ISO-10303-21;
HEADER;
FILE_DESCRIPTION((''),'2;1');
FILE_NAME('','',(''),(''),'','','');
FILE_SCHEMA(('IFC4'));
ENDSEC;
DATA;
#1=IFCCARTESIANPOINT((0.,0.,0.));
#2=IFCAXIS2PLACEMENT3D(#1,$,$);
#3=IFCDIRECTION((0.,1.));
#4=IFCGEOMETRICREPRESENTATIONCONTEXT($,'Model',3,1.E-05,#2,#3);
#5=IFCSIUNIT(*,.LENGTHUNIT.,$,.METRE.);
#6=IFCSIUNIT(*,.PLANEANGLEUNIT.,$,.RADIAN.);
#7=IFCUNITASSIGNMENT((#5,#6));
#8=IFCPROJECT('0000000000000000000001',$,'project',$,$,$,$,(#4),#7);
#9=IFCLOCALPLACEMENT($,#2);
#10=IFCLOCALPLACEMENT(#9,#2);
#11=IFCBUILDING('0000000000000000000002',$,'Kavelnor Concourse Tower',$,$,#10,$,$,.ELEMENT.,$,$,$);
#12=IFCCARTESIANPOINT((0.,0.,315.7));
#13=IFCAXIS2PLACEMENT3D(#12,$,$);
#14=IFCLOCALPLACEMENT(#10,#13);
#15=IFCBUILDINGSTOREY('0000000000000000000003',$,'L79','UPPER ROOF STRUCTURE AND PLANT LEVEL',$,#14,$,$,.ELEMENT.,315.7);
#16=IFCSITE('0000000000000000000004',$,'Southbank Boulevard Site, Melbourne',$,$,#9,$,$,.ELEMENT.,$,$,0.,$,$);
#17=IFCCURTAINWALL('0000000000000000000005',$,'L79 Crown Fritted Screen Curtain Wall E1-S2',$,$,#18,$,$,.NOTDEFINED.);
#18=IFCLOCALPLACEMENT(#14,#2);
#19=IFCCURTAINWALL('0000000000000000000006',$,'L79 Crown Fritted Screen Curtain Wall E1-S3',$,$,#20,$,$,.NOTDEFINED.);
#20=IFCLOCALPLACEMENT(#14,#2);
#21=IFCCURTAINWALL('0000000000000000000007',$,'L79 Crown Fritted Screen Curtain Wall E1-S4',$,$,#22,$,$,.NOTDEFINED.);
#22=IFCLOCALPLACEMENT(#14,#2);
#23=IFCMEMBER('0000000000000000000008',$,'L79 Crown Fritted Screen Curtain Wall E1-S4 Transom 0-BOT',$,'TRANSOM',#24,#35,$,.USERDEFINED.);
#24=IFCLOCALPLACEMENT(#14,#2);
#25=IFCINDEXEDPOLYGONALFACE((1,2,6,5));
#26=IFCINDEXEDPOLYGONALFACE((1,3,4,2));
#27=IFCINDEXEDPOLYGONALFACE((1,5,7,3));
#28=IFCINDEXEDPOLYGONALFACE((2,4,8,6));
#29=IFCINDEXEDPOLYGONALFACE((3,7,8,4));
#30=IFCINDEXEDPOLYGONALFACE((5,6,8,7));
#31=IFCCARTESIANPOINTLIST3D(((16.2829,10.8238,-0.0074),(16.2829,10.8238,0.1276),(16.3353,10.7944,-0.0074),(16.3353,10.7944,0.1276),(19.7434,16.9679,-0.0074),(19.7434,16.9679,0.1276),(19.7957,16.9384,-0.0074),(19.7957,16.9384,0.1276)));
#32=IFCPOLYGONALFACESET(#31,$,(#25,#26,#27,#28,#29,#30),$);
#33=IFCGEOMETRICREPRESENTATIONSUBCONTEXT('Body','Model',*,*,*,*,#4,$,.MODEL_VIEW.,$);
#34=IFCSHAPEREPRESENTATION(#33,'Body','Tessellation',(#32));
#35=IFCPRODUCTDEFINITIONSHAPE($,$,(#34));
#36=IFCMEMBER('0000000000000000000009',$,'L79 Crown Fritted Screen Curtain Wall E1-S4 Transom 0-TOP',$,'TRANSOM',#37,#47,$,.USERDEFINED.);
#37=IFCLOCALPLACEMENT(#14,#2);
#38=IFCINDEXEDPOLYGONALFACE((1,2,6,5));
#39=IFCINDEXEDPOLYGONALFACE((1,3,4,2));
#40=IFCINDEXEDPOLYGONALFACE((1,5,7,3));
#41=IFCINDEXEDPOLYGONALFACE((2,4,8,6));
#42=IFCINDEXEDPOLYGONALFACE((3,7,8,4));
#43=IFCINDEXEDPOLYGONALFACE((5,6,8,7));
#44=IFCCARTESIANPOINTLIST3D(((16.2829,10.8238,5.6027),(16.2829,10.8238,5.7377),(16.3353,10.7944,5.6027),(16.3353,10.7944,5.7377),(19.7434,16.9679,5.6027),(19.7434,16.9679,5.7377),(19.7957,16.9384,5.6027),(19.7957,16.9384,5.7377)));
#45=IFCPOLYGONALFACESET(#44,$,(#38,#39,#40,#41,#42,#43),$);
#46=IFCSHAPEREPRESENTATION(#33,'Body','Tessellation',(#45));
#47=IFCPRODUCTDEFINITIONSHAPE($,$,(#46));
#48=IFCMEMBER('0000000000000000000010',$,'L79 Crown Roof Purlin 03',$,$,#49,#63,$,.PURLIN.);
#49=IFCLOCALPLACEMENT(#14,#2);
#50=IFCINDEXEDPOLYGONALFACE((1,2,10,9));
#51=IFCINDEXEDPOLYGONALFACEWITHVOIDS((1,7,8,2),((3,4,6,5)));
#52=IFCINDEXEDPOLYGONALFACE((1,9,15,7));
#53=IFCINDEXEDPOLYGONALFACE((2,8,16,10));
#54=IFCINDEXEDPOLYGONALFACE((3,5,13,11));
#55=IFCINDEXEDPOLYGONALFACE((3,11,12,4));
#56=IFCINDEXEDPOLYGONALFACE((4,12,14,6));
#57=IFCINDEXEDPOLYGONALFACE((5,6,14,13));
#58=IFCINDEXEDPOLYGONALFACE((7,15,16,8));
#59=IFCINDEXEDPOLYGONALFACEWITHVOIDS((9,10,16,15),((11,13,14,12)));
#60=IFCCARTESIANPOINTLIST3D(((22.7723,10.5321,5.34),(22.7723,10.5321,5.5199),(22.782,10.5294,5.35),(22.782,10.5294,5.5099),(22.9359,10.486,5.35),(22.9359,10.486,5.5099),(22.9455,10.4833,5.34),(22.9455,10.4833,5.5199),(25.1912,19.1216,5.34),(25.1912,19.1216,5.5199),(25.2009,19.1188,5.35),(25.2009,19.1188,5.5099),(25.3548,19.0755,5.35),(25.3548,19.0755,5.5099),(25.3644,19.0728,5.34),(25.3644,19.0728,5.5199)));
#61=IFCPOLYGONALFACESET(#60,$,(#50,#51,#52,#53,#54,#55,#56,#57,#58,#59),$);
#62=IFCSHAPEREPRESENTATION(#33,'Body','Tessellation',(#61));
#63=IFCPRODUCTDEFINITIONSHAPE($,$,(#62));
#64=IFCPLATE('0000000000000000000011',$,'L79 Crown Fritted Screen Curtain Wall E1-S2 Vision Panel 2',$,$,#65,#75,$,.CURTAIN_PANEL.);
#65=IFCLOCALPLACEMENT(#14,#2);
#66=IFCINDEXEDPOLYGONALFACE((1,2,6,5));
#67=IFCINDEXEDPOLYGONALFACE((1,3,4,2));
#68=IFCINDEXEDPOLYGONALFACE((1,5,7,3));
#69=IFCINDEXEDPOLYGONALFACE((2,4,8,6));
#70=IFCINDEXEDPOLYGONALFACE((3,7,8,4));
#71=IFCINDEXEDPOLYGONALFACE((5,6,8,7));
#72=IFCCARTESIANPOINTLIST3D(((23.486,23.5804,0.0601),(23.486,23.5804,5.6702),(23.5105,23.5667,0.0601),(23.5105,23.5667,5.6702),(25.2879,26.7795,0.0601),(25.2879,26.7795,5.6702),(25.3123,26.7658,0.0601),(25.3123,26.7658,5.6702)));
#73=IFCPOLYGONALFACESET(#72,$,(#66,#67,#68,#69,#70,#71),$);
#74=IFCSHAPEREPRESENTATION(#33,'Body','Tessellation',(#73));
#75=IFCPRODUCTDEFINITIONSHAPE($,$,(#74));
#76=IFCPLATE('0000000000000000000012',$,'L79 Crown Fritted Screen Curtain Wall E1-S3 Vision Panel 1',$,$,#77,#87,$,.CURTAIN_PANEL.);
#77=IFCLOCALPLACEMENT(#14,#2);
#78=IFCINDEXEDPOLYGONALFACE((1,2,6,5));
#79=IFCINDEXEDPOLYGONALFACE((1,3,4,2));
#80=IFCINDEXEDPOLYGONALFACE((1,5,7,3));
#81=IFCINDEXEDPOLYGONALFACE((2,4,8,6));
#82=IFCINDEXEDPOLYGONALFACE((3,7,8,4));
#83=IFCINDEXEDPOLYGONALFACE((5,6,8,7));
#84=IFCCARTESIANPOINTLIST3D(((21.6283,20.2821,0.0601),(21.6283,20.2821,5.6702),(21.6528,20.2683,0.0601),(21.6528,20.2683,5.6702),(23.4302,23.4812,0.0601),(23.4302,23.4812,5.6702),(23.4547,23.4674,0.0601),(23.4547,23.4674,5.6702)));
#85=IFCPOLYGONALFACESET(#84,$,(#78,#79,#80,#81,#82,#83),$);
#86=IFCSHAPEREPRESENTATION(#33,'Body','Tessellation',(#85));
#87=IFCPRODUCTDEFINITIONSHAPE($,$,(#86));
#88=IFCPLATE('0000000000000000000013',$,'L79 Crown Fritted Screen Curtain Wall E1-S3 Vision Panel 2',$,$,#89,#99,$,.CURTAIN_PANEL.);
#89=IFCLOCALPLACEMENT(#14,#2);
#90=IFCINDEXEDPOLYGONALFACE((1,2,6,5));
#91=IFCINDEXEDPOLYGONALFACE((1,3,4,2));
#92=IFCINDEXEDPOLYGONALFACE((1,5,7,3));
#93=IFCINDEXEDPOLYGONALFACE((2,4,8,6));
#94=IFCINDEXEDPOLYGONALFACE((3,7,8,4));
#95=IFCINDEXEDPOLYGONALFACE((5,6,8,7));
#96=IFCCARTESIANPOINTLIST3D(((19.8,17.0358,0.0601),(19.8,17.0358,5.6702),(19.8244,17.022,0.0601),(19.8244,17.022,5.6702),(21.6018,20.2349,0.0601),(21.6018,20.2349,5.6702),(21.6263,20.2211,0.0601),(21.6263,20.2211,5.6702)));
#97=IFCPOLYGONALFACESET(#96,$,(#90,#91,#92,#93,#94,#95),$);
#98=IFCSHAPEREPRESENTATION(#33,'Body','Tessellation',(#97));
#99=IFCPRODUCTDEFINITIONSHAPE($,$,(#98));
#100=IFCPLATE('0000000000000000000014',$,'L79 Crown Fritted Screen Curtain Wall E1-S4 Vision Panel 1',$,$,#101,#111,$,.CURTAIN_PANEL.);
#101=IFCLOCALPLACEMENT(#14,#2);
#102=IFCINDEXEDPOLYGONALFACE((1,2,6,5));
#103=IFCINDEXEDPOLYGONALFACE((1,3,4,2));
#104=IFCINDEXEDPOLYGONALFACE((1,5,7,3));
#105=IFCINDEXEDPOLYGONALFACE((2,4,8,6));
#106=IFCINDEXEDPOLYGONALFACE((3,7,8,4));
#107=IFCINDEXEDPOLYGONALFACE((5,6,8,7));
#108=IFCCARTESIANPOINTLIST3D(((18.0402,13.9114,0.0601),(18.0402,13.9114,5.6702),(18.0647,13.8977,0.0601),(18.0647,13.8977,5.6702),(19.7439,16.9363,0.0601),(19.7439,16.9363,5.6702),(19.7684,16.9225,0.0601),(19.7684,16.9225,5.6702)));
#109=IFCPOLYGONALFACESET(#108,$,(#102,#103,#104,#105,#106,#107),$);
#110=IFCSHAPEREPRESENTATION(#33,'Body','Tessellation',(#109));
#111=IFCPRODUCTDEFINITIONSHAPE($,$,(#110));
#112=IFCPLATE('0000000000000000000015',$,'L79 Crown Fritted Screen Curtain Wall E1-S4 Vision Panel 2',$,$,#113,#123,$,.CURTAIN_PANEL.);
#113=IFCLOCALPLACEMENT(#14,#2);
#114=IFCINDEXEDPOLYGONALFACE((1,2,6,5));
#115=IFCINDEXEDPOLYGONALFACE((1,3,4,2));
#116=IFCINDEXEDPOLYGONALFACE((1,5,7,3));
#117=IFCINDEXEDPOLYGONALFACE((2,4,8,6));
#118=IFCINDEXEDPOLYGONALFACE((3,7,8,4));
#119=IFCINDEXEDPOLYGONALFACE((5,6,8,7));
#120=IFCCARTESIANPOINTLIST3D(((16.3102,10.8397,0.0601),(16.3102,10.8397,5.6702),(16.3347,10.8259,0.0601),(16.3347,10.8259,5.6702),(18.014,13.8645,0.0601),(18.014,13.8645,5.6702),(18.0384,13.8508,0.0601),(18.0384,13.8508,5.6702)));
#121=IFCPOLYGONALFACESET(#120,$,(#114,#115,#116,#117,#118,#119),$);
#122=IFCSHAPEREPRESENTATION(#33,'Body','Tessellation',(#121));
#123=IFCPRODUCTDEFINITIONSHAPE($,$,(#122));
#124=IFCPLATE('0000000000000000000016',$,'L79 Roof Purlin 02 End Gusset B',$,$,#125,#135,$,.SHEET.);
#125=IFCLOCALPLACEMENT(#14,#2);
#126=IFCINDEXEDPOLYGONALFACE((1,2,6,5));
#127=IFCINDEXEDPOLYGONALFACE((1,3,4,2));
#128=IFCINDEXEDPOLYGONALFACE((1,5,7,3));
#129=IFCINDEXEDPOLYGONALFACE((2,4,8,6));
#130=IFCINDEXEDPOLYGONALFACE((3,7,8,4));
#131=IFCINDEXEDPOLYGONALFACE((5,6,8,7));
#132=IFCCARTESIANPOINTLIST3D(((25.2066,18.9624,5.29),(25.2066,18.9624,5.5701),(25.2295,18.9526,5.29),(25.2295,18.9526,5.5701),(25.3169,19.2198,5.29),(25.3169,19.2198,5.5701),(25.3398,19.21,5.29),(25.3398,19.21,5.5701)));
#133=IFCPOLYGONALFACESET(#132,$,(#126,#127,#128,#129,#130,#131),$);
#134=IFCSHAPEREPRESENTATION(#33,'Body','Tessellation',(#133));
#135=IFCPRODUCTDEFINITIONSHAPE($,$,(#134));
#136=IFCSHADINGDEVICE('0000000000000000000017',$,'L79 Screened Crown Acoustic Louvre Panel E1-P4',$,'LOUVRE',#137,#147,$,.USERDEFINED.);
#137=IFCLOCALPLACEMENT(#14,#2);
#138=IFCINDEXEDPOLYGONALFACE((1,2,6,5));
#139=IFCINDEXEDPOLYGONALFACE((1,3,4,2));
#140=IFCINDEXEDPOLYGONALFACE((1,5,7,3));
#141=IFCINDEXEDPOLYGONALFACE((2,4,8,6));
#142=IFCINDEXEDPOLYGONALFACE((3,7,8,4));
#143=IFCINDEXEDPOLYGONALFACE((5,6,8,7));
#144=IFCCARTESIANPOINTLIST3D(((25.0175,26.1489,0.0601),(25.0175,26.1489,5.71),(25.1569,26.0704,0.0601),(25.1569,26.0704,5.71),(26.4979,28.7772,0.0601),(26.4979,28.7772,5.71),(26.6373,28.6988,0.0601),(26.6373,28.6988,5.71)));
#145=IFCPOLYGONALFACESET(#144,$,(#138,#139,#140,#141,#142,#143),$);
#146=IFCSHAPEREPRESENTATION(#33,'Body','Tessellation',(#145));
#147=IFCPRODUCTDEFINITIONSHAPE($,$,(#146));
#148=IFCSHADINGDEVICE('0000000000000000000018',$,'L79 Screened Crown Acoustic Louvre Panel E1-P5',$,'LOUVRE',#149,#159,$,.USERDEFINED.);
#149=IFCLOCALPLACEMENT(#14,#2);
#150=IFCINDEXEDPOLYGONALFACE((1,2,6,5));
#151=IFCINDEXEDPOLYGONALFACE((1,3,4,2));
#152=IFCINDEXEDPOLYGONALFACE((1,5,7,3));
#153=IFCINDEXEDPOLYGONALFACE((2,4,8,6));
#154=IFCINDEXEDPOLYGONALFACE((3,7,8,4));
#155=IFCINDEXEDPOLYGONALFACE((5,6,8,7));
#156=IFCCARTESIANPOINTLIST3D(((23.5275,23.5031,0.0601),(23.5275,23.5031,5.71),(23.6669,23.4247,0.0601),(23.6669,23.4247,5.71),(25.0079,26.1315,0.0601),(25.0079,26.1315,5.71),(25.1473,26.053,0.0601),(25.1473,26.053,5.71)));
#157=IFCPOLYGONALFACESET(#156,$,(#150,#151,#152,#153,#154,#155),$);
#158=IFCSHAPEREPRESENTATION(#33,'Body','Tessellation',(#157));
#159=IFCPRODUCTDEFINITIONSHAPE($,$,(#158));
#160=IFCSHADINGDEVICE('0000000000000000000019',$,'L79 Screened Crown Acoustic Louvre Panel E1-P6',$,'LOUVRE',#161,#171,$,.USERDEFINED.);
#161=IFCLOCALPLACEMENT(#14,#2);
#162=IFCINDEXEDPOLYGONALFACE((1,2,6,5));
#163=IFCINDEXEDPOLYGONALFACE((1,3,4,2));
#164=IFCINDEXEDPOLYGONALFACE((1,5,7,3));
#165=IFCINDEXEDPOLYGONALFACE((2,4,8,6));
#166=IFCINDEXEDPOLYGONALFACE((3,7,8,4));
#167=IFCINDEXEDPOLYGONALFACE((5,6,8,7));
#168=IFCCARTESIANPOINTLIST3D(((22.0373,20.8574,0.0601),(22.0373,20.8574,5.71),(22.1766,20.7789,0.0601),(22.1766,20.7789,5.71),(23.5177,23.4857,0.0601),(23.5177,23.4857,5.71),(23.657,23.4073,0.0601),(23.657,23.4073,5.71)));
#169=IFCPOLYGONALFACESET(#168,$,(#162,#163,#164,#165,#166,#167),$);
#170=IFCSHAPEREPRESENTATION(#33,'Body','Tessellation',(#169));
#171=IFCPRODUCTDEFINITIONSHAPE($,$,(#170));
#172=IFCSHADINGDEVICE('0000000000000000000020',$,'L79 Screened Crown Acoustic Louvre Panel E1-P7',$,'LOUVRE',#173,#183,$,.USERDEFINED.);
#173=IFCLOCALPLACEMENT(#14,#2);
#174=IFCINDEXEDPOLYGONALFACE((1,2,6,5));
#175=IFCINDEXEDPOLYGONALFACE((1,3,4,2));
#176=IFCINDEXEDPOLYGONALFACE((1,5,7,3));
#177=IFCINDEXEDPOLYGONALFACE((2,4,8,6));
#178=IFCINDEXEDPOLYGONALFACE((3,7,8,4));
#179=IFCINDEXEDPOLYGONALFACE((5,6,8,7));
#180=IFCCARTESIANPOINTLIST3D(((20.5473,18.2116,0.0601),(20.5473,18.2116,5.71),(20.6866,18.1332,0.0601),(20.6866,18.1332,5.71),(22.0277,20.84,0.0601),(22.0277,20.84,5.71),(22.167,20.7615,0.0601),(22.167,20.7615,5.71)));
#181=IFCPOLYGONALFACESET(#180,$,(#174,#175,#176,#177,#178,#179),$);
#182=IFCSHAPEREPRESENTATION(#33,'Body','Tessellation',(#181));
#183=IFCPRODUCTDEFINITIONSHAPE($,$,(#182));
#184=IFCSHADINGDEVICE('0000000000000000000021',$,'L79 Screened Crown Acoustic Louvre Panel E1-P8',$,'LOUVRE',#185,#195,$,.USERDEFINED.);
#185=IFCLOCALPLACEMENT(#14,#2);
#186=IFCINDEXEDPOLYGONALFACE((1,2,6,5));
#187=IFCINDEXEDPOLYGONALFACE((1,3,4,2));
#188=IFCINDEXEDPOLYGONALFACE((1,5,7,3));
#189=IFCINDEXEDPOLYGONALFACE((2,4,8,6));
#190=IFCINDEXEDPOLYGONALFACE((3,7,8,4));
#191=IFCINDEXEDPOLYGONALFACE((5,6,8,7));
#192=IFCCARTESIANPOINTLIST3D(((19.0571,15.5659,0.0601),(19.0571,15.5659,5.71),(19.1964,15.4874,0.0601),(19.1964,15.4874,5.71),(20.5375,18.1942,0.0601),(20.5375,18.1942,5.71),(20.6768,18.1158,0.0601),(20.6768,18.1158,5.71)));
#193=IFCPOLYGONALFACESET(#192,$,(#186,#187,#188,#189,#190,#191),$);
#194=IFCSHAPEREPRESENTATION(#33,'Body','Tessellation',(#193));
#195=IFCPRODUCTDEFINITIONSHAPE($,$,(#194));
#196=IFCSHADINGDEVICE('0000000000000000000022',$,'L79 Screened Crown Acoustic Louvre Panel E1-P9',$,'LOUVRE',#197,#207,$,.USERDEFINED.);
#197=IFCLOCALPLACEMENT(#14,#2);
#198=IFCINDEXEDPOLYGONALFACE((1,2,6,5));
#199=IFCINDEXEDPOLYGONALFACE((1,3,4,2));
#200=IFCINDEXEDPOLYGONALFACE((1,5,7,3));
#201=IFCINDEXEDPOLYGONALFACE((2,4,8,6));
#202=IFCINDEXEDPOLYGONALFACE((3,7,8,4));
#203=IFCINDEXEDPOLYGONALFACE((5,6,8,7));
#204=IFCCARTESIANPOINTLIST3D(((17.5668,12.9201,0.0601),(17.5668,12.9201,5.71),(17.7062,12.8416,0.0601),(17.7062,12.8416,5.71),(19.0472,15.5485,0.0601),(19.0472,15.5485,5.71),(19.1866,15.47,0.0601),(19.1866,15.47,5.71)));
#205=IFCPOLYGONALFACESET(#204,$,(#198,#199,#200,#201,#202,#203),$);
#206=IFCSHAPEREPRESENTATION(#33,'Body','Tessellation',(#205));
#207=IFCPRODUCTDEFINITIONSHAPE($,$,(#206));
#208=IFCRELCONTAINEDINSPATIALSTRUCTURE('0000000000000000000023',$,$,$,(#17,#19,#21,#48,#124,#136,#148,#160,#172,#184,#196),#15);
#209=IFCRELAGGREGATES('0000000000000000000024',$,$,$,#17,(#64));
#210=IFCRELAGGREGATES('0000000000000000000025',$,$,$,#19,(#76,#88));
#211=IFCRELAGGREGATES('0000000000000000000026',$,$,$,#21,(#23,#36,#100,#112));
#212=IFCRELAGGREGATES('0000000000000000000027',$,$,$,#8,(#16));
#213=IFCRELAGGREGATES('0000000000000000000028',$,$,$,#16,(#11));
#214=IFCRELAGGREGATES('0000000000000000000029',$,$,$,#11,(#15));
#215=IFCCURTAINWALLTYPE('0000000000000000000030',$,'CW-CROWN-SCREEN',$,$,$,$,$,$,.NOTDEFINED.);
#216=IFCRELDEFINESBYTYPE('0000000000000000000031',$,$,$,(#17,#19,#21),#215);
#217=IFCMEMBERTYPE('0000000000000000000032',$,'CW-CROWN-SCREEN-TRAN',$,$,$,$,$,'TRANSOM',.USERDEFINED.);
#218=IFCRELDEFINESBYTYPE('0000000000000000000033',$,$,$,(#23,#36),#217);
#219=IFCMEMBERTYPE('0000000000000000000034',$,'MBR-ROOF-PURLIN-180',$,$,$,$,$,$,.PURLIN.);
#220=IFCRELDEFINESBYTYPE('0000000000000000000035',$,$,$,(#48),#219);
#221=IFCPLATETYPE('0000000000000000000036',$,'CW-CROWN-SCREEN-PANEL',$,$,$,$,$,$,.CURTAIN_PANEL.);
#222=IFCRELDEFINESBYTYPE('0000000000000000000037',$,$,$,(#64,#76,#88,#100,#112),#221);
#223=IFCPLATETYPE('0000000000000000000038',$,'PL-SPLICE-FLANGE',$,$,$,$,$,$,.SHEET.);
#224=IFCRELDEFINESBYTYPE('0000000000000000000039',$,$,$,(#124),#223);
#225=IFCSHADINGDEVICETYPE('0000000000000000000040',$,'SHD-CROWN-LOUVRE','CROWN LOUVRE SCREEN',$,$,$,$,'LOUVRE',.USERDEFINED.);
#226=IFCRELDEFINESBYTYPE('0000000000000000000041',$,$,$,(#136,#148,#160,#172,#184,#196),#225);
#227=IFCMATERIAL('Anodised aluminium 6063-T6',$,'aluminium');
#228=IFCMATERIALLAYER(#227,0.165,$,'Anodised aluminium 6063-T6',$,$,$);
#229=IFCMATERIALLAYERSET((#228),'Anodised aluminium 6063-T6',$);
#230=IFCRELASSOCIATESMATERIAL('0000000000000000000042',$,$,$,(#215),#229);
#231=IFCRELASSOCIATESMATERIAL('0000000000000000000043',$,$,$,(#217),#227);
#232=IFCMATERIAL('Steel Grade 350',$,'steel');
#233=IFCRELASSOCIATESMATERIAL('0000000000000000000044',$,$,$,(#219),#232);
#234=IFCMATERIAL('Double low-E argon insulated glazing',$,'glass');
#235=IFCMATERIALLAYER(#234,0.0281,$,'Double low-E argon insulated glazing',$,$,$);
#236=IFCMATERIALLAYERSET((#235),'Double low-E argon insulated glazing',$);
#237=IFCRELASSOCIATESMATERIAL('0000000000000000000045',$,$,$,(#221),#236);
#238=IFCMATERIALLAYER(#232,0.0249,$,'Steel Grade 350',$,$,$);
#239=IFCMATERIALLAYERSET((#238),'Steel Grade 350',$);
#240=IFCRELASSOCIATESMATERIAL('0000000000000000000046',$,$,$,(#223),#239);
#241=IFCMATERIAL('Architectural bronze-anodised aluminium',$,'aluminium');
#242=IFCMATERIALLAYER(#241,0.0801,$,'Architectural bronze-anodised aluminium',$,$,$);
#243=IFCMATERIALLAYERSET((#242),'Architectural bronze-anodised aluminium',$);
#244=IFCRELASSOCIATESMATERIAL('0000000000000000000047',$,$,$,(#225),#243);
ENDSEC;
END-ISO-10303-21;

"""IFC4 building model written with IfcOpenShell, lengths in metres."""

from ifc_helpers import new_model, si_unit, direction, frame, origin, origin_2d, place, context, subcontext, project, spatial, rectangle, hollow_rectangle, extrude, material, layer, layer_set, material_profile, profile_set, type_object, element, aggregate, save


model = new_model("IFC4")

# Units and contexts
model_context = context("Model", 3, precision=1e-05, world=origin(), true_north=direction((0.0, 1.0)))
body_context = subcontext(model_context, "Body", "Model", "MODEL_VIEW")
ifc_project = project(units=[si_unit("LENGTHUNIT", "METRE"), si_unit("PLANEANGLEUNIT", "RADIAN")], contexts=[model_context])

# Site, building, storey
site_placement = place(None, origin())
site = spatial("IfcSite", under=ifc_project, at=site_placement, Name="Southbank Boulevard Site, Melbourne", CompositionType="ELEMENT", RefElevation=0.0)
building_placement = place(site_placement, origin())
building = spatial("IfcBuilding", under=site, at=building_placement, Name="Kavelnor Concourse Tower", CompositionType="ELEMENT")
storey_placement = place(building_placement, frame((0.0, 0.0, 315.7)))
storey = spatial("IfcBuildingStorey", under=building, at=storey_placement, Name="L79", Description="UPPER ROOF STRUCTURE AND PLANT LEVEL", CompositionType="ELEMENT", Elevation=315.7)

# Shared definitions
ifc_material_1 = material(Name="Steel Grade 350", Category="steel")

# Curtain walls
ifc_material_2 = material(Name="Anodised aluminium 6063-T6", Category="aluminium")
ifc_layer_1 = layer(ifc_material_2, 0.165, Name="Anodised aluminium 6063-T6")
ifc_layer_set_1 = layer_set([ifc_layer_1], Name="Anodised aluminium 6063-T6")
curtain_wall_type = type_object("IfcCurtainWallType", Name="CW-CROWN-SCREEN", PredefinedType="NOTDEFINED", material=ifc_layer_set_1)
curtain_wall_1_placement = place(storey_placement, origin())
curtain_wall_1 = element("IfcCurtainWall", 1, at=curtain_wall_1_placement, inside=storey, type_object=curtain_wall_type, Name="L79 Crown Fritted Screen Curtain Wall E1-S2", PredefinedType="NOTDEFINED")
curtain_wall_2_placement = place(storey_placement, origin())
curtain_wall_2 = element("IfcCurtainWall", 2, at=curtain_wall_2_placement, inside=storey, type_object=curtain_wall_type, Name="L79 Crown Fritted Screen Curtain Wall E1-S3", PredefinedType="NOTDEFINED")
curtain_wall_3_placement = place(storey_placement, origin())
curtain_wall_3 = element("IfcCurtainWall", 3, at=curtain_wall_3_placement, inside=storey, type_object=curtain_wall_type, Name="L79 Crown Fritted Screen Curtain Wall E1-S4", PredefinedType="NOTDEFINED")

# Members
ifc_material_profile_1 = material_profile(ifc_material_2, rectangle(XDim=0.0601, YDim=0.135, at=origin_2d()), Name="AL-TRAN 60x135")
ifc_profile_set_1 = profile_set([ifc_material_profile_1], Name="Anodised aluminium 6063-T6")
member_type_1 = type_object("IfcMemberType", Name="CW-CROWN-SCREEN-TRAN", ElementType="TRANSOM", PredefinedType="USERDEFINED", material=ifc_profile_set_1)
member_1_placement = place(storey_placement, frame((19.7695, 16.9531, 0.0601), z_axis=(-0.490738, -0.871307, 0.0), x_axis=(0.871307, -0.490738, 0.0)))
member_1 = element("IfcMember", 4, at=member_1_placement, type_object=member_type_1, Name="L79 Crown Fritted Screen Curtain Wall E1-S4 Transom 0-BOT", ObjectType="TRANSOM", PredefinedType="USERDEFINED", context=body_context, shape_type="SweptSolid", body=[
    extrude(rectangle(XDim=0.0601, YDim=0.135, at=origin_2d()), origin(), (0.0, 0.0, 1.0), 7.0515),
])
member_2_placement = place(storey_placement, frame((19.7695, 16.9531, 5.6702), z_axis=(-0.490738, -0.871307, 0.0), x_axis=(0.871307, -0.490738, 0.0)))
member_2 = element("IfcMember", 5, at=member_2_placement, type_object=member_type_1, Name="L79 Crown Fritted Screen Curtain Wall E1-S4 Transom 0-TOP", ObjectType="TRANSOM", PredefinedType="USERDEFINED", context=body_context, shape_type="SweptSolid", body=[
    extrude(rectangle(XDim=0.0601, YDim=0.135, at=origin_2d()), origin(), (0.0, 0.0, 1.0), 7.0515),
])
ifc_material_profile_2 = material_profile(ifc_material_1, hollow_rectangle(XDim=0.1799, YDim=0.1799, WallThickness=0.01, at=origin_2d()), Name="SHS 180x180x10")
ifc_profile_set_2 = profile_set([ifc_material_profile_2], Name="Steel Grade 350")
member_type_2 = type_object("IfcMemberType", Name="MBR-ROOF-PURLIN-180", PredefinedType="PURLIN", material=ifc_profile_set_2)
member_3_placement = place(storey_placement, frame((25.2778, 19.0972, 5.4299), z_axis=(-0.27107, -0.96256, 0.0), x_axis=(0.96256, -0.27107, 0.0)))
element("IfcMember", 6, at=member_3_placement, inside=storey, type_object=member_type_2, Name="L79 Crown Roof Purlin 03", PredefinedType="PURLIN", context=body_context, shape_type="SweptSolid", body=[
    extrude(hollow_rectangle(XDim=0.1799, YDim=0.1799, WallThickness=0.01, at=origin_2d()), origin(), (0.0, 0.0, 1.0), 8.9236),
])

# Plates
ifc_material_3 = material(Name="Double low-E argon insulated glazing", Category="glass")
ifc_layer_2 = layer(ifc_material_3, 0.0281, Name="Double low-E argon insulated glazing")
ifc_layer_set_2 = layer_set([ifc_layer_2], Name="Double low-E argon insulated glazing")
plate_type_1 = type_object("IfcPlateType", Name="CW-CROWN-SCREEN-PANEL", PredefinedType="CURTAIN_PANEL", material=ifc_layer_set_2)
plate_1_placement = place(storey_placement, frame((24.3992, 25.1731, 0.0601), z_axis=(0.0, 0.0, 1.0), x_axis=(-0.490752, -0.871299, 0.0)))
plate_1 = element("IfcPlate", 7, at=plate_1_placement, type_object=plate_type_1, Name="L79 Crown Fritted Screen Curtain Wall E1-S2 Vision Panel 2", PredefinedType="CURTAIN_PANEL", context=body_context, shape_type="SweptSolid", body=[
    extrude(rectangle(XDim=3.6716, YDim=0.0281, at=origin_2d()), origin(), (0.0, 0.0, 1.0), 5.6101),
])
aggregate(curtain_wall_1, [plate_1])
plate_2_placement = place(storey_placement, frame((22.5415, 21.8748, 0.0601), z_axis=(0.0, 0.0, 1.0), x_axis=(-0.490752, -0.871299, 0.0)))
plate_2 = element("IfcPlate", 8, at=plate_2_placement, type_object=plate_type_1, Name="L79 Crown Fritted Screen Curtain Wall E1-S3 Vision Panel 1", PredefinedType="CURTAIN_PANEL", context=body_context, shape_type="SweptSolid", body=[
    extrude(rectangle(XDim=3.6716, YDim=0.0281, at=origin_2d()), origin(), (0.0, 0.0, 1.0), 5.6101),
])
plate_3_placement = place(storey_placement, frame((20.7131, 18.6284, 0.0601), z_axis=(0.0, 0.0, 1.0), x_axis=(-0.490752, -0.871299, 0.0)))
plate_3 = element("IfcPlate", 9, at=plate_3_placement, type_object=plate_type_1, Name="L79 Crown Fritted Screen Curtain Wall E1-S3 Vision Panel 2", PredefinedType="CURTAIN_PANEL", context=body_context, shape_type="SweptSolid", body=[
    extrude(rectangle(XDim=3.6716, YDim=0.0281, at=origin_2d()), origin(), (0.0, 0.0, 1.0), 5.6101),
])
aggregate(curtain_wall_2, [plate_2, plate_3])
plate_4_placement = place(storey_placement, frame((18.9043, 15.417, 0.0601), z_axis=(0.0, 0.0, 1.0), x_axis=(-0.490752, -0.871299, 0.0)))
plate_4 = element("IfcPlate", 10, at=plate_4_placement, type_object=plate_type_1, Name="L79 Crown Fritted Screen Curtain Wall E1-S4 Vision Panel 1", PredefinedType="CURTAIN_PANEL", context=body_context, shape_type="SweptSolid", body=[
    extrude(rectangle(XDim=3.4717, YDim=0.0281, at=origin_2d()), origin(), (0.0, 0.0, 1.0), 5.6101),
])
plate_5_placement = place(storey_placement, frame((17.1743, 12.3452, 0.0601), z_axis=(0.0, 0.0, 1.0), x_axis=(-0.490752, -0.871299, 0.0)))
plate_5 = element("IfcPlate", 11, at=plate_5_placement, type_object=plate_type_1, Name="L79 Crown Fritted Screen Curtain Wall E1-S4 Vision Panel 2", PredefinedType="CURTAIN_PANEL", context=body_context, shape_type="SweptSolid", body=[
    extrude(rectangle(XDim=3.4717, YDim=0.0281, at=origin_2d()), origin(), (0.0, 0.0, 1.0), 5.6101),
])
aggregate(curtain_wall_3, [member_1, member_2, plate_4, plate_5])
ifc_layer_3 = layer(ifc_material_1, 0.0249, Name="Steel Grade 350")
ifc_layer_set_3 = layer_set([ifc_layer_3], Name="Steel Grade 350")
plate_type_2 = type_object("IfcPlateType", Name="PL-SPLICE-FLANGE", PredefinedType="SHEET", material=ifc_layer_set_3)
plate_6_placement = place(storey_placement, frame((25.2732, 19.0862, 5.29), z_axis=(0.0, 0.0, 1.0), x_axis=(-0.393781, -0.919204, 0.0)))
element("IfcPlate", 12, at=plate_6_placement, inside=storey, type_object=plate_type_2, Name="L79 Roof Purlin 02 End Gusset B", PredefinedType="SHEET", context=body_context, shape_type="SweptSolid", body=[
    extrude(rectangle(XDim=0.28, YDim=0.0249, at=origin_2d()), origin(), (0.0, 0.0, 1.0), 0.28),
])

# Shading devices
ifc_material_4 = material(Name="Architectural bronze-anodised aluminium", Category="aluminium")
ifc_layer_4 = layer(ifc_material_4, 0.0801, Name="Architectural bronze-anodised aluminium")
ifc_layer_set_4 = layer_set([ifc_layer_4], Name="Architectural bronze-anodised aluminium")
shading_device_type = type_object("IfcShadingDeviceType", Name="SHD-CROWN-LOUVRE", Description="CROWN LOUVRE SCREEN", ElementType="LOUVRE", PredefinedType="USERDEFINED", material=ifc_layer_set_4)
for number, where, z_axis, x_axis, name in (
    (13, (25.8274, 27.4238, 0.0601), (0.0, 0.0, 1.0), (-0.490752, -0.871299, 0.0), "L79 Screened Crown Acoustic Louvre Panel E1-P4"),
    (14, (24.3374, 24.7781, 0.0601), (0.0, 0.0, 1.0), (-0.490752, -0.871299, 0.0), "L79 Screened Crown Acoustic Louvre Panel E1-P5"),
    (15, (22.8472, 22.1323, 0.0601), (0.0, 0.0, 1.0), (-0.490752, -0.871299, 0.0), "L79 Screened Crown Acoustic Louvre Panel E1-P6"),
    (16, (21.3572, 19.4866, 0.0601), (0.0, 0.0, 1.0), (-0.490752, -0.871299, 0.0), "L79 Screened Crown Acoustic Louvre Panel E1-P7"),
    (17, (19.8669, 16.8408, 0.0601), (0.0, 0.0, 1.0), (-0.490752, -0.871299, 0.0), "L79 Screened Crown Acoustic Louvre Panel E1-P8"),
    (18, (18.3767, 14.1951, 0.0601), (0.0, 0.0, 1.0), (-0.490752, -0.871299, 0.0), "L79 Screened Crown Acoustic Louvre Panel E1-P9"),
):
    element("IfcShadingDevice", number, at=place(storey_placement, frame(where, z_axis=z_axis, x_axis=x_axis)), inside=storey, type_object=shading_device_type, Name=name, ObjectType="LOUVRE", PredefinedType="USERDEFINED", context=body_context, shape_type="SweptSolid", body=[
        extrude(rectangle(XDim=3.0166, YDim=0.1599, at=origin_2d()), origin(), (0.0, 0.0, 1.0), 5.6499),
    ])

save(model, "model.ifc")
